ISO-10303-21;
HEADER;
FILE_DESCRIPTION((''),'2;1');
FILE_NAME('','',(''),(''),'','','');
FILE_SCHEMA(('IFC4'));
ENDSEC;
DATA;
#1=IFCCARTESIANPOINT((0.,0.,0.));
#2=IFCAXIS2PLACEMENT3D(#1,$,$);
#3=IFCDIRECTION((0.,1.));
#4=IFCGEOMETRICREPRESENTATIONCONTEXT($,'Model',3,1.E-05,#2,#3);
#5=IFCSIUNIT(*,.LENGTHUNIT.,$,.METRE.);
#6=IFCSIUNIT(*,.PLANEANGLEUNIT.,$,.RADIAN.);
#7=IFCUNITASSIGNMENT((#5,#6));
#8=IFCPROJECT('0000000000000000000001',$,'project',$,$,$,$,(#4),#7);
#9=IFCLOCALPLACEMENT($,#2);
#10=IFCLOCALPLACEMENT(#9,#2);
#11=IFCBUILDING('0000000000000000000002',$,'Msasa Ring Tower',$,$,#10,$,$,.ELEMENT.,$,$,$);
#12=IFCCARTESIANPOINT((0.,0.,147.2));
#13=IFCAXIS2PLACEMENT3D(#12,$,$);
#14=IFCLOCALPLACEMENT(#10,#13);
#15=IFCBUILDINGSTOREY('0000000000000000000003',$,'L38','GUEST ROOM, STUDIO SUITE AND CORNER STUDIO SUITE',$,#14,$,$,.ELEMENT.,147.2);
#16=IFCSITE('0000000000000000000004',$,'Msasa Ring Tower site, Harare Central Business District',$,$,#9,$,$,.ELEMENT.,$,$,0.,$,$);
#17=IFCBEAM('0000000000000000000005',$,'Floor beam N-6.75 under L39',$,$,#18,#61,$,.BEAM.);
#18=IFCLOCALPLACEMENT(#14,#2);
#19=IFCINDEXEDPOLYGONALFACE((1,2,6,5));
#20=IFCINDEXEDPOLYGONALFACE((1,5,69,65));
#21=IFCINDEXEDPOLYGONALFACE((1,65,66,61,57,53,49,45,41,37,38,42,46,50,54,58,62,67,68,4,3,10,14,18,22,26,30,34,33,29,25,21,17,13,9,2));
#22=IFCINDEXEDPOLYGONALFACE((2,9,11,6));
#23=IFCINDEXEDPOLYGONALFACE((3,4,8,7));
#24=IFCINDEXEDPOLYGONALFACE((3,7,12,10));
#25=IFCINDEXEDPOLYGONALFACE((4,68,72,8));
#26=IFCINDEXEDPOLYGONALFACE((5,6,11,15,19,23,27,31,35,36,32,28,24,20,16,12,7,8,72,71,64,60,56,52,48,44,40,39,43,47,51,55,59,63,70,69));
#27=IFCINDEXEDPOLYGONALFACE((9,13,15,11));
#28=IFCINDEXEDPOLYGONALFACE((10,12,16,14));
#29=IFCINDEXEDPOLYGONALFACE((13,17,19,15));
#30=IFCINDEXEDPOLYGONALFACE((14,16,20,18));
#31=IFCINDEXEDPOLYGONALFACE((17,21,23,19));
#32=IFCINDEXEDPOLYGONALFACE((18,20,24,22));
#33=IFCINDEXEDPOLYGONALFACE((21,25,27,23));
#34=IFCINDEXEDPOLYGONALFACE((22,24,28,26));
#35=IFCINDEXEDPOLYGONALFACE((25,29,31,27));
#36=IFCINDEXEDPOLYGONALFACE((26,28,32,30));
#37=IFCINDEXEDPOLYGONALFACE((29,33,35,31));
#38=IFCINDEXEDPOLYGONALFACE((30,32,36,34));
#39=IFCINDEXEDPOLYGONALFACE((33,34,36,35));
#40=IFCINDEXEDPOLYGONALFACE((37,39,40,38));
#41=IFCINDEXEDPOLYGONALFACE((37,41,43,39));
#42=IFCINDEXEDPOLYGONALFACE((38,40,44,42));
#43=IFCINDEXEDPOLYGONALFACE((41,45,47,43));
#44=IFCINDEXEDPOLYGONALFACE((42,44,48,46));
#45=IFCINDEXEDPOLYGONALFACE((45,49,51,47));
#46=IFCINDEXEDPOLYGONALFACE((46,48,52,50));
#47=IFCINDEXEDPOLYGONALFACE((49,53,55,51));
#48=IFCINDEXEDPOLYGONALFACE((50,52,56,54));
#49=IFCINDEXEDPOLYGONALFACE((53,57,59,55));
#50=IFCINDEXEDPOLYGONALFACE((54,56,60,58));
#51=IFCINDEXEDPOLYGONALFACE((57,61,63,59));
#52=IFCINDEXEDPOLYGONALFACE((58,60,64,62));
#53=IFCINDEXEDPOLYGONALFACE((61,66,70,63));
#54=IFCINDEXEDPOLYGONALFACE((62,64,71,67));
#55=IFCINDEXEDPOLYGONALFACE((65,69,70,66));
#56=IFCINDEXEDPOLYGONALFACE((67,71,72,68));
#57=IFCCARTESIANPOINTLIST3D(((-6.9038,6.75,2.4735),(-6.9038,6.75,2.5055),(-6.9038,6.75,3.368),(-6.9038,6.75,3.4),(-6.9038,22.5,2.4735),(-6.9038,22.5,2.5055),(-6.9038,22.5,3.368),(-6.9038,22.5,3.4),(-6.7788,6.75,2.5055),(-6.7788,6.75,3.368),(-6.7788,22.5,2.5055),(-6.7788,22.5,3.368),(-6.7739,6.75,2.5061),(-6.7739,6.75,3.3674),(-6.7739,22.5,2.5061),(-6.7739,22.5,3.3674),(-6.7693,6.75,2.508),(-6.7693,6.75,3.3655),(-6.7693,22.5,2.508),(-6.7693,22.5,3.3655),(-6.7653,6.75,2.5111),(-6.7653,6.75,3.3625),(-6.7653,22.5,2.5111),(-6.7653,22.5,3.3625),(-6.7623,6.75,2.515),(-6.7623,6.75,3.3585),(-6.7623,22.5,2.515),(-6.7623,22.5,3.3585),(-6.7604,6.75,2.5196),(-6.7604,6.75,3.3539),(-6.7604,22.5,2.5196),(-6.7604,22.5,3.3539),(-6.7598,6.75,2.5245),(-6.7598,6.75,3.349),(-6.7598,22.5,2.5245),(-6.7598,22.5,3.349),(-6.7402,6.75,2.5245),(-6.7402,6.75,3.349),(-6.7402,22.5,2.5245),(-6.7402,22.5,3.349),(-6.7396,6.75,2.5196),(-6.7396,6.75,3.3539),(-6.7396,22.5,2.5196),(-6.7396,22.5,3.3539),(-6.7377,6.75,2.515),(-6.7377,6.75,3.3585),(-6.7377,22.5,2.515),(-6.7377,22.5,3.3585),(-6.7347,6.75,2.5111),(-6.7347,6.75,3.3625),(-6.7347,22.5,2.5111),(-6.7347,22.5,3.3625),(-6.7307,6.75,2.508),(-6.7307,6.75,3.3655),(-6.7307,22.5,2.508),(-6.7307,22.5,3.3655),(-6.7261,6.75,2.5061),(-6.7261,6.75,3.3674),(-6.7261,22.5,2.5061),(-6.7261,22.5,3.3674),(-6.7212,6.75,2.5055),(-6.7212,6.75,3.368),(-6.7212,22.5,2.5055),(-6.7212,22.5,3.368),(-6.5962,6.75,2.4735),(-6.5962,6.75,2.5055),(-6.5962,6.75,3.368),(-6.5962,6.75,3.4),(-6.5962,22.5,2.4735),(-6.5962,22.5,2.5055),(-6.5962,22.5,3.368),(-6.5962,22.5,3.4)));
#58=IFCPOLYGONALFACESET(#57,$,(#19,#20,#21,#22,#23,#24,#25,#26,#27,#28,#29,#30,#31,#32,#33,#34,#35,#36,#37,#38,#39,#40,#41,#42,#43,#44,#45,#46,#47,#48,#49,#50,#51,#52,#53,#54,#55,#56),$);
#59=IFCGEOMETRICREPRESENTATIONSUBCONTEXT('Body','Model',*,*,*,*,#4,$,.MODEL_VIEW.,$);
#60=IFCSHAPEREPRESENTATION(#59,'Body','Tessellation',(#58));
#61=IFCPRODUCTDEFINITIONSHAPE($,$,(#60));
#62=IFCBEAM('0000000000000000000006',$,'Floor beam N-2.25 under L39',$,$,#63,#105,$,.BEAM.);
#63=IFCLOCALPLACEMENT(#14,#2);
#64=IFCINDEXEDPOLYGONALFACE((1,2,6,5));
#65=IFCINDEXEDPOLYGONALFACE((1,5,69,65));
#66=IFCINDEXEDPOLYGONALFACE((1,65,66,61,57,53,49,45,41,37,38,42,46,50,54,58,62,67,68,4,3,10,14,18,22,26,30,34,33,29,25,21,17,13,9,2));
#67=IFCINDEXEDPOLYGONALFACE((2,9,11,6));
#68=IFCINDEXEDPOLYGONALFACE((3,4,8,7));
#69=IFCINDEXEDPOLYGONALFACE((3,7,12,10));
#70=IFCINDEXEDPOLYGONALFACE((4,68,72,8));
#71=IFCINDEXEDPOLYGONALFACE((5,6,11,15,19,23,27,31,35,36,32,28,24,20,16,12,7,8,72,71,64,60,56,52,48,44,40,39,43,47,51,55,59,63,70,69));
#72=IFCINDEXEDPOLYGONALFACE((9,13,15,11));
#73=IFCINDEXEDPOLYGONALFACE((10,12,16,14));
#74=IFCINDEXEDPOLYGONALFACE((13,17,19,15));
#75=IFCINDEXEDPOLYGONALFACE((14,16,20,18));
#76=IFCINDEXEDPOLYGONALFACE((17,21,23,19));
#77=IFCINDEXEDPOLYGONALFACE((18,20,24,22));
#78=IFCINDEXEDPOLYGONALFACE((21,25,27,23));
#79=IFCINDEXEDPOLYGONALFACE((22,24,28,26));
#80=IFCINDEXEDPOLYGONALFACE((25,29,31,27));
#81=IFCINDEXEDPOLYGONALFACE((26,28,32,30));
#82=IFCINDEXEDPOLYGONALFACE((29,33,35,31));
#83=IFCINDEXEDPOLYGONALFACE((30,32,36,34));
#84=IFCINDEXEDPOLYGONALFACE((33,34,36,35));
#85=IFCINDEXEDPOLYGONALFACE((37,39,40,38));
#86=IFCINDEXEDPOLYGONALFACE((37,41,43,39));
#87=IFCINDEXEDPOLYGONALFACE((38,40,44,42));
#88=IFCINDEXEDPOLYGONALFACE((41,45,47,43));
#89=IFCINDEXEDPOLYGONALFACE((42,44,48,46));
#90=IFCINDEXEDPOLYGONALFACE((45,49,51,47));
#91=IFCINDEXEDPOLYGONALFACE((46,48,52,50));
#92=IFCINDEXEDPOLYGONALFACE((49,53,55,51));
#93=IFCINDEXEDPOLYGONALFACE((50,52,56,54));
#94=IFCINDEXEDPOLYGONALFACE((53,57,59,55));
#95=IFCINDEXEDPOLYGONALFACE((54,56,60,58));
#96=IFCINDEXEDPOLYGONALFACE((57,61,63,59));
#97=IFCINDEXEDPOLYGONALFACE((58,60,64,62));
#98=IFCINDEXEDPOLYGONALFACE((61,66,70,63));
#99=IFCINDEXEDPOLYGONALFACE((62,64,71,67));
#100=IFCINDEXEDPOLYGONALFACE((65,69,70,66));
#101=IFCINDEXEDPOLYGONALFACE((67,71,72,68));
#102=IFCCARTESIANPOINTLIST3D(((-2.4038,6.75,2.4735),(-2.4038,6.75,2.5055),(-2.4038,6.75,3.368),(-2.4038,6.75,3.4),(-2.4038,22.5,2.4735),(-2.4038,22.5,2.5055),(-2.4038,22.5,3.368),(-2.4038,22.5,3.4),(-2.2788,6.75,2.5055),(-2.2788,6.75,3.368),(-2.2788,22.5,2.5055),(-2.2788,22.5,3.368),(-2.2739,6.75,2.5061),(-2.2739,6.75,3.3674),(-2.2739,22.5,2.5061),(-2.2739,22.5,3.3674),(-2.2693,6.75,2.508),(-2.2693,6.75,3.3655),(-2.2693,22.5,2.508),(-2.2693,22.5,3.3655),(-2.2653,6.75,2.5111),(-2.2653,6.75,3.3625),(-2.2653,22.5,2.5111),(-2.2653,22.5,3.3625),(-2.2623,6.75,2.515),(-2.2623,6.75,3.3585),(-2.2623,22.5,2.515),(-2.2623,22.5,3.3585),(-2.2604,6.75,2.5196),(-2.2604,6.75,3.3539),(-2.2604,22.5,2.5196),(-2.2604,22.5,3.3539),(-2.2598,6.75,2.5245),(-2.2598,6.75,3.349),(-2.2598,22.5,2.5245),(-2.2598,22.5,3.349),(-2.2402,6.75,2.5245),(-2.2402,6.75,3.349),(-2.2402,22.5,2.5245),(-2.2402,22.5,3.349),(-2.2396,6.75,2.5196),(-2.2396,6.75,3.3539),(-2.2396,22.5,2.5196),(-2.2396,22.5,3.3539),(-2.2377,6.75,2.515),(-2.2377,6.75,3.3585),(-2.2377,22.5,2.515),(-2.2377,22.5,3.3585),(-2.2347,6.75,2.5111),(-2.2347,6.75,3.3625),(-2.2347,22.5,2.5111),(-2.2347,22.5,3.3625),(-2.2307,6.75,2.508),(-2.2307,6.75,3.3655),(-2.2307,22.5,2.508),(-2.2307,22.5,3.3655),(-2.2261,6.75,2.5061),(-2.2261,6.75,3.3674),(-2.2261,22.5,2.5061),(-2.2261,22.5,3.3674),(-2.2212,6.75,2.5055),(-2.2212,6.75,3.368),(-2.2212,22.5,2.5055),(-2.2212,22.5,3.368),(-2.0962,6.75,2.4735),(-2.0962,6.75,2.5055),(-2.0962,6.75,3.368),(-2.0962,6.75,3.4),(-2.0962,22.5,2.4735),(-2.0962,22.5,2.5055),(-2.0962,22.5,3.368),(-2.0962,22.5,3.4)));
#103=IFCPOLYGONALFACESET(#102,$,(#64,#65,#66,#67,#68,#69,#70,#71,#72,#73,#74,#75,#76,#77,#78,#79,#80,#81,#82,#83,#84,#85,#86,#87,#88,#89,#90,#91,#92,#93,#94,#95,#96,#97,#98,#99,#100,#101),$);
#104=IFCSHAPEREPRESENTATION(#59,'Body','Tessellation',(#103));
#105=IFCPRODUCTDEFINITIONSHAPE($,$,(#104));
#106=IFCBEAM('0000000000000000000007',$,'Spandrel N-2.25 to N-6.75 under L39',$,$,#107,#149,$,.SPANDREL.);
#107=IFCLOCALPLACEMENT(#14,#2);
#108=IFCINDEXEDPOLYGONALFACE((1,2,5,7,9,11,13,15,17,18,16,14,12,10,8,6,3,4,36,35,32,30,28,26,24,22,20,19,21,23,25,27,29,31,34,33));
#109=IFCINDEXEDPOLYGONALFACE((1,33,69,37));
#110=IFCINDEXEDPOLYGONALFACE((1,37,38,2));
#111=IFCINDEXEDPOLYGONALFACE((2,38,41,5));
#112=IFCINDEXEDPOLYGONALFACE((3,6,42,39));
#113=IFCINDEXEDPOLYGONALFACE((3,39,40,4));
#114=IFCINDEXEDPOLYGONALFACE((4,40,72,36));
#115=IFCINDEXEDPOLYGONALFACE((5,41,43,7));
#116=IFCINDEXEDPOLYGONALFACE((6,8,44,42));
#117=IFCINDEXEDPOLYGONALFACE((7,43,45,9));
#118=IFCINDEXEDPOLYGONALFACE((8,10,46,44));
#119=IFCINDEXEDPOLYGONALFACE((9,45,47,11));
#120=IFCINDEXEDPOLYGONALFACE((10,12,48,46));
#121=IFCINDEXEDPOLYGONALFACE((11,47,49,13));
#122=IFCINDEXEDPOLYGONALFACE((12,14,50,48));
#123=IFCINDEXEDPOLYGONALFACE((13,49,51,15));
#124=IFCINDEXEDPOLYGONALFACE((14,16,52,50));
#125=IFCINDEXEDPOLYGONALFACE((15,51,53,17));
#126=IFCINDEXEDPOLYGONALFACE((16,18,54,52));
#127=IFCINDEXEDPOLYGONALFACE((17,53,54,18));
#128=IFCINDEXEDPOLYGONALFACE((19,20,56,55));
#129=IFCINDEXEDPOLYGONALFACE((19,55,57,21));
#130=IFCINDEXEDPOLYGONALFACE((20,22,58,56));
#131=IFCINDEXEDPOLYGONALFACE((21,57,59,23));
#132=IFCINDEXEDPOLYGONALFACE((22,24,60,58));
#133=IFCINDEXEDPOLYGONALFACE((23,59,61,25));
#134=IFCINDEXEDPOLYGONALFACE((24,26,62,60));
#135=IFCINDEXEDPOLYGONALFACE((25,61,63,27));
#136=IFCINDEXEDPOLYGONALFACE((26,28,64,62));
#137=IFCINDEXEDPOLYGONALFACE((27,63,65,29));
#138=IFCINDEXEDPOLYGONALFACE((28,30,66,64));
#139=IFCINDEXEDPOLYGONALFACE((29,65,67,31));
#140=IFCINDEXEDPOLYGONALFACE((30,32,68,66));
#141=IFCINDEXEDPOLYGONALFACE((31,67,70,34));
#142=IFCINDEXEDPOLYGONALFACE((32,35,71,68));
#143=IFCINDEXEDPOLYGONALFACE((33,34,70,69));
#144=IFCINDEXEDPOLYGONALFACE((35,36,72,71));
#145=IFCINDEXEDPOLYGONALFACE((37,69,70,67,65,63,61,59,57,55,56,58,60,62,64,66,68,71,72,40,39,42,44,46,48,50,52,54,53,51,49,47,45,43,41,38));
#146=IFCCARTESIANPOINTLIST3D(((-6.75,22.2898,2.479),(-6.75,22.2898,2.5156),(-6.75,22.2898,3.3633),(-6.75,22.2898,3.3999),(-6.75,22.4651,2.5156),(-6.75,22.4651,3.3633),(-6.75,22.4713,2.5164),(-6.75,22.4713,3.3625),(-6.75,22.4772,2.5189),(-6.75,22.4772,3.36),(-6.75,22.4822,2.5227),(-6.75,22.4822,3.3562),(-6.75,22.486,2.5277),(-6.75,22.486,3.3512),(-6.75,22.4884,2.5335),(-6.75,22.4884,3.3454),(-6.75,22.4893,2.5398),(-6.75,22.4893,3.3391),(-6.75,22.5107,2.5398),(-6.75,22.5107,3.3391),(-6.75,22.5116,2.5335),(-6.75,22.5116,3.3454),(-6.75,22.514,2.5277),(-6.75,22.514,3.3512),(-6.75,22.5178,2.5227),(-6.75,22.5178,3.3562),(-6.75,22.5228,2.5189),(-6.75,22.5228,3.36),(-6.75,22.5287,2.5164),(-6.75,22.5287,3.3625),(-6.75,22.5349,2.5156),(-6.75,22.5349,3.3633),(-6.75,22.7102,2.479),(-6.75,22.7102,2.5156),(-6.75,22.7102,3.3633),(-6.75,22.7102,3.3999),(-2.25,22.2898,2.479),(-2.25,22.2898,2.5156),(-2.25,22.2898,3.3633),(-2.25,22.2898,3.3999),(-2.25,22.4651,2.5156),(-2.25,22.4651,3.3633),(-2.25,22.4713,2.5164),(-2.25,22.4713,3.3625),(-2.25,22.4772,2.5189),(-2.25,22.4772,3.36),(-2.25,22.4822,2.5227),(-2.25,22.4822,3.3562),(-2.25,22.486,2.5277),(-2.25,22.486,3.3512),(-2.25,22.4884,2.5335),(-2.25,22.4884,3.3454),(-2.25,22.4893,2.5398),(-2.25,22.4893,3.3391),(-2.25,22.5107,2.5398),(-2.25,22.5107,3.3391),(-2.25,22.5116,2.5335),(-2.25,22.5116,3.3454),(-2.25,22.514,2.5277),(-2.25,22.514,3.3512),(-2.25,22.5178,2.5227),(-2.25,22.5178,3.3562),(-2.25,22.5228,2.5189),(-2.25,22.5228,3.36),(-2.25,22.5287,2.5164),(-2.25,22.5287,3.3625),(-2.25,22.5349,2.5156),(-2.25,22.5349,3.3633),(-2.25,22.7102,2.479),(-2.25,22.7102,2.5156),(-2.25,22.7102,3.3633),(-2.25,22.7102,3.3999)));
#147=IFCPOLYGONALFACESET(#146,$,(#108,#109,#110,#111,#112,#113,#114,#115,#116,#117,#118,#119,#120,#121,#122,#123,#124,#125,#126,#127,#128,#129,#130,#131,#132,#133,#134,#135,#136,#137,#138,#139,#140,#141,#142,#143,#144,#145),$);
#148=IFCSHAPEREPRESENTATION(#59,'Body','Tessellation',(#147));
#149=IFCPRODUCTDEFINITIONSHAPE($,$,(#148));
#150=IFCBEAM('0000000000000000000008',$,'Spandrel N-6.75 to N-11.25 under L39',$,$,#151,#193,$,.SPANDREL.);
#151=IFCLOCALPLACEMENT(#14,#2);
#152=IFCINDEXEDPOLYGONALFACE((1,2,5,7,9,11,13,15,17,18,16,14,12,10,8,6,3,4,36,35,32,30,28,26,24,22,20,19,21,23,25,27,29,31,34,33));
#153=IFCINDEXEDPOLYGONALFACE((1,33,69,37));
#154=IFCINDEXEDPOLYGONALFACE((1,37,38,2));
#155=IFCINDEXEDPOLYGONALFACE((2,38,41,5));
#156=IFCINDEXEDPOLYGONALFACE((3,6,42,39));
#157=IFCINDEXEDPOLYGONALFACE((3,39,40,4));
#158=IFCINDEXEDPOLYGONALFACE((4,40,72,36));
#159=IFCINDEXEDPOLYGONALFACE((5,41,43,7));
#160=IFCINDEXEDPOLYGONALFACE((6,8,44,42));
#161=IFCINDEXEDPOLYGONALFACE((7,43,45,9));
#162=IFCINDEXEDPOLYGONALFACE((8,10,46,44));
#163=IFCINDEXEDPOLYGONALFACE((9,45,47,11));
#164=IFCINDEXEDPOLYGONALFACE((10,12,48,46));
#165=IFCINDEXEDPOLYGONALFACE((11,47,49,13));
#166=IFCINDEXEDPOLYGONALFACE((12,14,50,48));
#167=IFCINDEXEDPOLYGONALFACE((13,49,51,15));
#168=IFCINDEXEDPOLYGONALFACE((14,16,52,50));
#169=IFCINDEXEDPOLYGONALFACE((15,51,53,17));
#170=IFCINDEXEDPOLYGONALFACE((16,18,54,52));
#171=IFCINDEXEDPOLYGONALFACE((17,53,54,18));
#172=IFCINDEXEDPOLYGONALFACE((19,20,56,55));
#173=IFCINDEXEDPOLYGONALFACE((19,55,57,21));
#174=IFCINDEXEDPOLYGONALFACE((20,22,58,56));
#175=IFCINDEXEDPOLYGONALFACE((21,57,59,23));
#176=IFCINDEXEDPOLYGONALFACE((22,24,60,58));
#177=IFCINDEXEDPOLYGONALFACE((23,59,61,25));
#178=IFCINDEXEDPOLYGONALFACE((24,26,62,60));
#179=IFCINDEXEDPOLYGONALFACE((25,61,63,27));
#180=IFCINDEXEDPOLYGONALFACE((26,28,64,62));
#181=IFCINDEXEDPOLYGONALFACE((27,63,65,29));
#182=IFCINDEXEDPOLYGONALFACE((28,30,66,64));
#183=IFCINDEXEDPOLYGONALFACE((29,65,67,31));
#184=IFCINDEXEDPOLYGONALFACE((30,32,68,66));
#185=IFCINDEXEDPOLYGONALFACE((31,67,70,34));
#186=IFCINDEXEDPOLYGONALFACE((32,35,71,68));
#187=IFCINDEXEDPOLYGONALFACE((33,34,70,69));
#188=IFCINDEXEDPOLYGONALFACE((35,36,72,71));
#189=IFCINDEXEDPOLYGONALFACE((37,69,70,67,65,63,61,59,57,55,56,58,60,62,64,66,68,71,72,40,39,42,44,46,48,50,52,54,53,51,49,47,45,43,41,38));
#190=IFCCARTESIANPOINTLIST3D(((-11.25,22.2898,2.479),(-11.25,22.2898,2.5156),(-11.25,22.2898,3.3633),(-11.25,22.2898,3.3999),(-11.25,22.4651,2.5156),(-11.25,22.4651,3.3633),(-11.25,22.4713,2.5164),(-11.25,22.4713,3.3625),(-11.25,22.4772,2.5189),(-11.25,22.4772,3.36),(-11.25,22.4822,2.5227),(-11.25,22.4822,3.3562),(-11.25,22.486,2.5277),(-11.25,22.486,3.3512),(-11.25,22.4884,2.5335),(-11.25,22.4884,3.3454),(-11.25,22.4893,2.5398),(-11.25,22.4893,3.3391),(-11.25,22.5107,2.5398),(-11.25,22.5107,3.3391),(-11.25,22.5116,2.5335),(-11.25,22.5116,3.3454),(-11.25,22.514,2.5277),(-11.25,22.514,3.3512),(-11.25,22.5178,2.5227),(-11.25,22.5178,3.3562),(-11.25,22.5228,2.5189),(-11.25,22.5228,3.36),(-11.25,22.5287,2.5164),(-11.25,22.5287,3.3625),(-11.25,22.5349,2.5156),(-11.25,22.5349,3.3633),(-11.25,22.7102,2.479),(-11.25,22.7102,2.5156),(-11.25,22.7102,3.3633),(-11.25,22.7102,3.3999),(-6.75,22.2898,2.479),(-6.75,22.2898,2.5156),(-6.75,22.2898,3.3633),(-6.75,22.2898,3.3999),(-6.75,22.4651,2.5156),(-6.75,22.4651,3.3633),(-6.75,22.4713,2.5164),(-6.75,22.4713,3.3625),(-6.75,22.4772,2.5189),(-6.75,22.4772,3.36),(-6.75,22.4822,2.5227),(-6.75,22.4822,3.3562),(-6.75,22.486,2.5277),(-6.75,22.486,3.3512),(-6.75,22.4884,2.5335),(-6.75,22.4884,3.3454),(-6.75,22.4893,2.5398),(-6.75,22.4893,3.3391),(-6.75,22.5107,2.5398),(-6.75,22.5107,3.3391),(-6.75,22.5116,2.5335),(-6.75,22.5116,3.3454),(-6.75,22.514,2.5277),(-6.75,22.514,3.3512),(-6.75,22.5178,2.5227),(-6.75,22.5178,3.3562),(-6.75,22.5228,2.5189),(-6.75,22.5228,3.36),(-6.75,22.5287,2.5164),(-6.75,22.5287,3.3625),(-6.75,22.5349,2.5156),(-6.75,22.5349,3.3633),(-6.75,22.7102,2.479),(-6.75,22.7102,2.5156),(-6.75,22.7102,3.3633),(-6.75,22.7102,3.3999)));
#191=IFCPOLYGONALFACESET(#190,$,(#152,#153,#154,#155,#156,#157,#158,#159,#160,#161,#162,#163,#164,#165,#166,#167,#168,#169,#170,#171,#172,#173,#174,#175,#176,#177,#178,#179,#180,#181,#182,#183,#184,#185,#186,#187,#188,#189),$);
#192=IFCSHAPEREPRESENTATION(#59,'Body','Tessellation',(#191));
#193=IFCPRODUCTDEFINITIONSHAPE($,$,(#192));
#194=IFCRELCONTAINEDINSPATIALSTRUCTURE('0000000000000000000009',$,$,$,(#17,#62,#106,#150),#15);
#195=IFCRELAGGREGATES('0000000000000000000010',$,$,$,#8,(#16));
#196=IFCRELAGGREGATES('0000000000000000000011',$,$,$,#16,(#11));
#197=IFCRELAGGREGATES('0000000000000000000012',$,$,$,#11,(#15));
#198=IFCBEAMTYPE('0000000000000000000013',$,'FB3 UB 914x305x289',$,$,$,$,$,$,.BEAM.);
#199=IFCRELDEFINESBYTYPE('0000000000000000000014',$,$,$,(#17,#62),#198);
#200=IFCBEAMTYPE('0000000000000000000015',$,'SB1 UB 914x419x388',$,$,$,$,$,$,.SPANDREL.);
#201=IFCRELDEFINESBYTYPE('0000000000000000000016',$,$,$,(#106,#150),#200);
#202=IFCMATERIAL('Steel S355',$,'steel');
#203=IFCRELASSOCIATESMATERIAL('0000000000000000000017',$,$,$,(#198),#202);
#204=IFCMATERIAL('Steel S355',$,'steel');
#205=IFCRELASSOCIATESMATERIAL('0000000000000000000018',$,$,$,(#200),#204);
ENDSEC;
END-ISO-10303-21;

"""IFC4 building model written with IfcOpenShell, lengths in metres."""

from ifc_helpers import new_model, si_unit, direction, frame, origin, origin_2d, place, context, subcontext, project, spatial, i_section, extrude, material, material_profile, profile_set, type_object, element, save


model = new_model("IFC4")

# Units and contexts
model_context = context("Model", 3, precision=1e-05, world=origin(), true_north=direction((0.0, 1.0)))
body_context = subcontext(model_context, "Body", "Model", "MODEL_VIEW")
ifc_project = project(units=[si_unit("LENGTHUNIT", "METRE"), si_unit("PLANEANGLEUNIT", "RADIAN")], contexts=[model_context])

# Site, building, storey
site_placement = place(None, origin())
site = spatial("IfcSite", under=ifc_project, at=site_placement, Name="Msasa Ring Tower site, Harare Central Business District", CompositionType="ELEMENT", RefElevation=0.0)
building_placement = place(site_placement, origin())
building = spatial("IfcBuilding", under=site, at=building_placement, Name="Msasa Ring Tower", CompositionType="ELEMENT")
storey_placement = place(building_placement, frame((0.0, 0.0, 147.2)))
storey = spatial("IfcBuildingStorey", under=building, at=storey_placement, Name="L38", Description="GUEST ROOM, STUDIO SUITE AND CORNER STUDIO SUITE", CompositionType="ELEMENT", Elevation=147.2)

# Beams
ifc_material_1 = material(Name="Steel S355", Category="steel")
ifc_material_profile_1 = material_profile(ifc_material_1, i_section(OverallWidth=0.3076, OverallDepth=0.9265, WebThickness=0.0195, FlangeThickness=0.032, FilletRadius=0.019, at=origin_2d()), Name="UB 914x305x289")
ifc_profile_set_1 = profile_set([ifc_material_profile_1], Name="Steel S355")
beam_type_1 = type_object("IfcBeamType", Name="FB3 UB 914x305x289", PredefinedType="BEAM", material=ifc_profile_set_1)
for number, where, z_axis, x_axis, name in (
    (1, (-6.75, 22.5, 2.9368), (0.0, -1.0, 0.0), (1.0, 0.0, 0.0), "Floor beam N-6.75 under L39"),
    (2, (-2.25, 22.5, 2.9368), (0.0, -1.0, 0.0), (1.0, 0.0, 0.0), "Floor beam N-2.25 under L39"),
):
    element("IfcBeam", number, at=place(storey_placement, frame(where, z_axis=z_axis, x_axis=x_axis)), inside=storey, type_object=beam_type_1, Name=name, PredefinedType="BEAM", context=body_context, shape_type="SweptSolid", body=[
        extrude(i_section(OverallWidth=0.3076, OverallDepth=0.9265, WebThickness=0.0195, FlangeThickness=0.032, FilletRadius=0.019, at=origin_2d()), origin(), (0.0, 0.0, 1.0), 15.75),
    ])
ifc_material_2 = material(Name="Steel S355", Category="steel")
ifc_material_profile_2 = material_profile(ifc_material_2, i_section(OverallWidth=0.4204, OverallDepth=0.9209, WebThickness=0.0215, FlangeThickness=0.0366, FilletRadius=0.0242, at=origin_2d()), Name="UB 914x419x388")
ifc_profile_set_2 = profile_set([ifc_material_profile_2], Name="Steel S355")
beam_type_2 = type_object("IfcBeamType", Name="SB1 UB 914x419x388", PredefinedType="SPANDREL", material=ifc_profile_set_2)
for number, where, z_axis, x_axis, name in (
    (3, (-2.25, 22.5, 2.9395), (-1.0, 0.0, 0.0), (0.0, -1.0, 0.0), "Spandrel N-2.25 to N-6.75 under L39"),
    (4, (-6.75, 22.5, 2.9395), (-1.0, 0.0, 0.0), (0.0, -1.0, 0.0), "Spandrel N-6.75 to N-11.25 under L39"),
):
    element("IfcBeam", number, at=place(storey_placement, frame(where, z_axis=z_axis, x_axis=x_axis)), inside=storey, type_object=beam_type_2, Name=name, PredefinedType="SPANDREL", context=body_context, shape_type="SweptSolid", body=[
        extrude(i_section(OverallWidth=0.4204, OverallDepth=0.9209, WebThickness=0.0215, FlangeThickness=0.0366, FilletRadius=0.0242, at=origin_2d()), origin(), (0.0, 0.0, 1.0), 4.5),
    ])

save(model, "model.ifc")
